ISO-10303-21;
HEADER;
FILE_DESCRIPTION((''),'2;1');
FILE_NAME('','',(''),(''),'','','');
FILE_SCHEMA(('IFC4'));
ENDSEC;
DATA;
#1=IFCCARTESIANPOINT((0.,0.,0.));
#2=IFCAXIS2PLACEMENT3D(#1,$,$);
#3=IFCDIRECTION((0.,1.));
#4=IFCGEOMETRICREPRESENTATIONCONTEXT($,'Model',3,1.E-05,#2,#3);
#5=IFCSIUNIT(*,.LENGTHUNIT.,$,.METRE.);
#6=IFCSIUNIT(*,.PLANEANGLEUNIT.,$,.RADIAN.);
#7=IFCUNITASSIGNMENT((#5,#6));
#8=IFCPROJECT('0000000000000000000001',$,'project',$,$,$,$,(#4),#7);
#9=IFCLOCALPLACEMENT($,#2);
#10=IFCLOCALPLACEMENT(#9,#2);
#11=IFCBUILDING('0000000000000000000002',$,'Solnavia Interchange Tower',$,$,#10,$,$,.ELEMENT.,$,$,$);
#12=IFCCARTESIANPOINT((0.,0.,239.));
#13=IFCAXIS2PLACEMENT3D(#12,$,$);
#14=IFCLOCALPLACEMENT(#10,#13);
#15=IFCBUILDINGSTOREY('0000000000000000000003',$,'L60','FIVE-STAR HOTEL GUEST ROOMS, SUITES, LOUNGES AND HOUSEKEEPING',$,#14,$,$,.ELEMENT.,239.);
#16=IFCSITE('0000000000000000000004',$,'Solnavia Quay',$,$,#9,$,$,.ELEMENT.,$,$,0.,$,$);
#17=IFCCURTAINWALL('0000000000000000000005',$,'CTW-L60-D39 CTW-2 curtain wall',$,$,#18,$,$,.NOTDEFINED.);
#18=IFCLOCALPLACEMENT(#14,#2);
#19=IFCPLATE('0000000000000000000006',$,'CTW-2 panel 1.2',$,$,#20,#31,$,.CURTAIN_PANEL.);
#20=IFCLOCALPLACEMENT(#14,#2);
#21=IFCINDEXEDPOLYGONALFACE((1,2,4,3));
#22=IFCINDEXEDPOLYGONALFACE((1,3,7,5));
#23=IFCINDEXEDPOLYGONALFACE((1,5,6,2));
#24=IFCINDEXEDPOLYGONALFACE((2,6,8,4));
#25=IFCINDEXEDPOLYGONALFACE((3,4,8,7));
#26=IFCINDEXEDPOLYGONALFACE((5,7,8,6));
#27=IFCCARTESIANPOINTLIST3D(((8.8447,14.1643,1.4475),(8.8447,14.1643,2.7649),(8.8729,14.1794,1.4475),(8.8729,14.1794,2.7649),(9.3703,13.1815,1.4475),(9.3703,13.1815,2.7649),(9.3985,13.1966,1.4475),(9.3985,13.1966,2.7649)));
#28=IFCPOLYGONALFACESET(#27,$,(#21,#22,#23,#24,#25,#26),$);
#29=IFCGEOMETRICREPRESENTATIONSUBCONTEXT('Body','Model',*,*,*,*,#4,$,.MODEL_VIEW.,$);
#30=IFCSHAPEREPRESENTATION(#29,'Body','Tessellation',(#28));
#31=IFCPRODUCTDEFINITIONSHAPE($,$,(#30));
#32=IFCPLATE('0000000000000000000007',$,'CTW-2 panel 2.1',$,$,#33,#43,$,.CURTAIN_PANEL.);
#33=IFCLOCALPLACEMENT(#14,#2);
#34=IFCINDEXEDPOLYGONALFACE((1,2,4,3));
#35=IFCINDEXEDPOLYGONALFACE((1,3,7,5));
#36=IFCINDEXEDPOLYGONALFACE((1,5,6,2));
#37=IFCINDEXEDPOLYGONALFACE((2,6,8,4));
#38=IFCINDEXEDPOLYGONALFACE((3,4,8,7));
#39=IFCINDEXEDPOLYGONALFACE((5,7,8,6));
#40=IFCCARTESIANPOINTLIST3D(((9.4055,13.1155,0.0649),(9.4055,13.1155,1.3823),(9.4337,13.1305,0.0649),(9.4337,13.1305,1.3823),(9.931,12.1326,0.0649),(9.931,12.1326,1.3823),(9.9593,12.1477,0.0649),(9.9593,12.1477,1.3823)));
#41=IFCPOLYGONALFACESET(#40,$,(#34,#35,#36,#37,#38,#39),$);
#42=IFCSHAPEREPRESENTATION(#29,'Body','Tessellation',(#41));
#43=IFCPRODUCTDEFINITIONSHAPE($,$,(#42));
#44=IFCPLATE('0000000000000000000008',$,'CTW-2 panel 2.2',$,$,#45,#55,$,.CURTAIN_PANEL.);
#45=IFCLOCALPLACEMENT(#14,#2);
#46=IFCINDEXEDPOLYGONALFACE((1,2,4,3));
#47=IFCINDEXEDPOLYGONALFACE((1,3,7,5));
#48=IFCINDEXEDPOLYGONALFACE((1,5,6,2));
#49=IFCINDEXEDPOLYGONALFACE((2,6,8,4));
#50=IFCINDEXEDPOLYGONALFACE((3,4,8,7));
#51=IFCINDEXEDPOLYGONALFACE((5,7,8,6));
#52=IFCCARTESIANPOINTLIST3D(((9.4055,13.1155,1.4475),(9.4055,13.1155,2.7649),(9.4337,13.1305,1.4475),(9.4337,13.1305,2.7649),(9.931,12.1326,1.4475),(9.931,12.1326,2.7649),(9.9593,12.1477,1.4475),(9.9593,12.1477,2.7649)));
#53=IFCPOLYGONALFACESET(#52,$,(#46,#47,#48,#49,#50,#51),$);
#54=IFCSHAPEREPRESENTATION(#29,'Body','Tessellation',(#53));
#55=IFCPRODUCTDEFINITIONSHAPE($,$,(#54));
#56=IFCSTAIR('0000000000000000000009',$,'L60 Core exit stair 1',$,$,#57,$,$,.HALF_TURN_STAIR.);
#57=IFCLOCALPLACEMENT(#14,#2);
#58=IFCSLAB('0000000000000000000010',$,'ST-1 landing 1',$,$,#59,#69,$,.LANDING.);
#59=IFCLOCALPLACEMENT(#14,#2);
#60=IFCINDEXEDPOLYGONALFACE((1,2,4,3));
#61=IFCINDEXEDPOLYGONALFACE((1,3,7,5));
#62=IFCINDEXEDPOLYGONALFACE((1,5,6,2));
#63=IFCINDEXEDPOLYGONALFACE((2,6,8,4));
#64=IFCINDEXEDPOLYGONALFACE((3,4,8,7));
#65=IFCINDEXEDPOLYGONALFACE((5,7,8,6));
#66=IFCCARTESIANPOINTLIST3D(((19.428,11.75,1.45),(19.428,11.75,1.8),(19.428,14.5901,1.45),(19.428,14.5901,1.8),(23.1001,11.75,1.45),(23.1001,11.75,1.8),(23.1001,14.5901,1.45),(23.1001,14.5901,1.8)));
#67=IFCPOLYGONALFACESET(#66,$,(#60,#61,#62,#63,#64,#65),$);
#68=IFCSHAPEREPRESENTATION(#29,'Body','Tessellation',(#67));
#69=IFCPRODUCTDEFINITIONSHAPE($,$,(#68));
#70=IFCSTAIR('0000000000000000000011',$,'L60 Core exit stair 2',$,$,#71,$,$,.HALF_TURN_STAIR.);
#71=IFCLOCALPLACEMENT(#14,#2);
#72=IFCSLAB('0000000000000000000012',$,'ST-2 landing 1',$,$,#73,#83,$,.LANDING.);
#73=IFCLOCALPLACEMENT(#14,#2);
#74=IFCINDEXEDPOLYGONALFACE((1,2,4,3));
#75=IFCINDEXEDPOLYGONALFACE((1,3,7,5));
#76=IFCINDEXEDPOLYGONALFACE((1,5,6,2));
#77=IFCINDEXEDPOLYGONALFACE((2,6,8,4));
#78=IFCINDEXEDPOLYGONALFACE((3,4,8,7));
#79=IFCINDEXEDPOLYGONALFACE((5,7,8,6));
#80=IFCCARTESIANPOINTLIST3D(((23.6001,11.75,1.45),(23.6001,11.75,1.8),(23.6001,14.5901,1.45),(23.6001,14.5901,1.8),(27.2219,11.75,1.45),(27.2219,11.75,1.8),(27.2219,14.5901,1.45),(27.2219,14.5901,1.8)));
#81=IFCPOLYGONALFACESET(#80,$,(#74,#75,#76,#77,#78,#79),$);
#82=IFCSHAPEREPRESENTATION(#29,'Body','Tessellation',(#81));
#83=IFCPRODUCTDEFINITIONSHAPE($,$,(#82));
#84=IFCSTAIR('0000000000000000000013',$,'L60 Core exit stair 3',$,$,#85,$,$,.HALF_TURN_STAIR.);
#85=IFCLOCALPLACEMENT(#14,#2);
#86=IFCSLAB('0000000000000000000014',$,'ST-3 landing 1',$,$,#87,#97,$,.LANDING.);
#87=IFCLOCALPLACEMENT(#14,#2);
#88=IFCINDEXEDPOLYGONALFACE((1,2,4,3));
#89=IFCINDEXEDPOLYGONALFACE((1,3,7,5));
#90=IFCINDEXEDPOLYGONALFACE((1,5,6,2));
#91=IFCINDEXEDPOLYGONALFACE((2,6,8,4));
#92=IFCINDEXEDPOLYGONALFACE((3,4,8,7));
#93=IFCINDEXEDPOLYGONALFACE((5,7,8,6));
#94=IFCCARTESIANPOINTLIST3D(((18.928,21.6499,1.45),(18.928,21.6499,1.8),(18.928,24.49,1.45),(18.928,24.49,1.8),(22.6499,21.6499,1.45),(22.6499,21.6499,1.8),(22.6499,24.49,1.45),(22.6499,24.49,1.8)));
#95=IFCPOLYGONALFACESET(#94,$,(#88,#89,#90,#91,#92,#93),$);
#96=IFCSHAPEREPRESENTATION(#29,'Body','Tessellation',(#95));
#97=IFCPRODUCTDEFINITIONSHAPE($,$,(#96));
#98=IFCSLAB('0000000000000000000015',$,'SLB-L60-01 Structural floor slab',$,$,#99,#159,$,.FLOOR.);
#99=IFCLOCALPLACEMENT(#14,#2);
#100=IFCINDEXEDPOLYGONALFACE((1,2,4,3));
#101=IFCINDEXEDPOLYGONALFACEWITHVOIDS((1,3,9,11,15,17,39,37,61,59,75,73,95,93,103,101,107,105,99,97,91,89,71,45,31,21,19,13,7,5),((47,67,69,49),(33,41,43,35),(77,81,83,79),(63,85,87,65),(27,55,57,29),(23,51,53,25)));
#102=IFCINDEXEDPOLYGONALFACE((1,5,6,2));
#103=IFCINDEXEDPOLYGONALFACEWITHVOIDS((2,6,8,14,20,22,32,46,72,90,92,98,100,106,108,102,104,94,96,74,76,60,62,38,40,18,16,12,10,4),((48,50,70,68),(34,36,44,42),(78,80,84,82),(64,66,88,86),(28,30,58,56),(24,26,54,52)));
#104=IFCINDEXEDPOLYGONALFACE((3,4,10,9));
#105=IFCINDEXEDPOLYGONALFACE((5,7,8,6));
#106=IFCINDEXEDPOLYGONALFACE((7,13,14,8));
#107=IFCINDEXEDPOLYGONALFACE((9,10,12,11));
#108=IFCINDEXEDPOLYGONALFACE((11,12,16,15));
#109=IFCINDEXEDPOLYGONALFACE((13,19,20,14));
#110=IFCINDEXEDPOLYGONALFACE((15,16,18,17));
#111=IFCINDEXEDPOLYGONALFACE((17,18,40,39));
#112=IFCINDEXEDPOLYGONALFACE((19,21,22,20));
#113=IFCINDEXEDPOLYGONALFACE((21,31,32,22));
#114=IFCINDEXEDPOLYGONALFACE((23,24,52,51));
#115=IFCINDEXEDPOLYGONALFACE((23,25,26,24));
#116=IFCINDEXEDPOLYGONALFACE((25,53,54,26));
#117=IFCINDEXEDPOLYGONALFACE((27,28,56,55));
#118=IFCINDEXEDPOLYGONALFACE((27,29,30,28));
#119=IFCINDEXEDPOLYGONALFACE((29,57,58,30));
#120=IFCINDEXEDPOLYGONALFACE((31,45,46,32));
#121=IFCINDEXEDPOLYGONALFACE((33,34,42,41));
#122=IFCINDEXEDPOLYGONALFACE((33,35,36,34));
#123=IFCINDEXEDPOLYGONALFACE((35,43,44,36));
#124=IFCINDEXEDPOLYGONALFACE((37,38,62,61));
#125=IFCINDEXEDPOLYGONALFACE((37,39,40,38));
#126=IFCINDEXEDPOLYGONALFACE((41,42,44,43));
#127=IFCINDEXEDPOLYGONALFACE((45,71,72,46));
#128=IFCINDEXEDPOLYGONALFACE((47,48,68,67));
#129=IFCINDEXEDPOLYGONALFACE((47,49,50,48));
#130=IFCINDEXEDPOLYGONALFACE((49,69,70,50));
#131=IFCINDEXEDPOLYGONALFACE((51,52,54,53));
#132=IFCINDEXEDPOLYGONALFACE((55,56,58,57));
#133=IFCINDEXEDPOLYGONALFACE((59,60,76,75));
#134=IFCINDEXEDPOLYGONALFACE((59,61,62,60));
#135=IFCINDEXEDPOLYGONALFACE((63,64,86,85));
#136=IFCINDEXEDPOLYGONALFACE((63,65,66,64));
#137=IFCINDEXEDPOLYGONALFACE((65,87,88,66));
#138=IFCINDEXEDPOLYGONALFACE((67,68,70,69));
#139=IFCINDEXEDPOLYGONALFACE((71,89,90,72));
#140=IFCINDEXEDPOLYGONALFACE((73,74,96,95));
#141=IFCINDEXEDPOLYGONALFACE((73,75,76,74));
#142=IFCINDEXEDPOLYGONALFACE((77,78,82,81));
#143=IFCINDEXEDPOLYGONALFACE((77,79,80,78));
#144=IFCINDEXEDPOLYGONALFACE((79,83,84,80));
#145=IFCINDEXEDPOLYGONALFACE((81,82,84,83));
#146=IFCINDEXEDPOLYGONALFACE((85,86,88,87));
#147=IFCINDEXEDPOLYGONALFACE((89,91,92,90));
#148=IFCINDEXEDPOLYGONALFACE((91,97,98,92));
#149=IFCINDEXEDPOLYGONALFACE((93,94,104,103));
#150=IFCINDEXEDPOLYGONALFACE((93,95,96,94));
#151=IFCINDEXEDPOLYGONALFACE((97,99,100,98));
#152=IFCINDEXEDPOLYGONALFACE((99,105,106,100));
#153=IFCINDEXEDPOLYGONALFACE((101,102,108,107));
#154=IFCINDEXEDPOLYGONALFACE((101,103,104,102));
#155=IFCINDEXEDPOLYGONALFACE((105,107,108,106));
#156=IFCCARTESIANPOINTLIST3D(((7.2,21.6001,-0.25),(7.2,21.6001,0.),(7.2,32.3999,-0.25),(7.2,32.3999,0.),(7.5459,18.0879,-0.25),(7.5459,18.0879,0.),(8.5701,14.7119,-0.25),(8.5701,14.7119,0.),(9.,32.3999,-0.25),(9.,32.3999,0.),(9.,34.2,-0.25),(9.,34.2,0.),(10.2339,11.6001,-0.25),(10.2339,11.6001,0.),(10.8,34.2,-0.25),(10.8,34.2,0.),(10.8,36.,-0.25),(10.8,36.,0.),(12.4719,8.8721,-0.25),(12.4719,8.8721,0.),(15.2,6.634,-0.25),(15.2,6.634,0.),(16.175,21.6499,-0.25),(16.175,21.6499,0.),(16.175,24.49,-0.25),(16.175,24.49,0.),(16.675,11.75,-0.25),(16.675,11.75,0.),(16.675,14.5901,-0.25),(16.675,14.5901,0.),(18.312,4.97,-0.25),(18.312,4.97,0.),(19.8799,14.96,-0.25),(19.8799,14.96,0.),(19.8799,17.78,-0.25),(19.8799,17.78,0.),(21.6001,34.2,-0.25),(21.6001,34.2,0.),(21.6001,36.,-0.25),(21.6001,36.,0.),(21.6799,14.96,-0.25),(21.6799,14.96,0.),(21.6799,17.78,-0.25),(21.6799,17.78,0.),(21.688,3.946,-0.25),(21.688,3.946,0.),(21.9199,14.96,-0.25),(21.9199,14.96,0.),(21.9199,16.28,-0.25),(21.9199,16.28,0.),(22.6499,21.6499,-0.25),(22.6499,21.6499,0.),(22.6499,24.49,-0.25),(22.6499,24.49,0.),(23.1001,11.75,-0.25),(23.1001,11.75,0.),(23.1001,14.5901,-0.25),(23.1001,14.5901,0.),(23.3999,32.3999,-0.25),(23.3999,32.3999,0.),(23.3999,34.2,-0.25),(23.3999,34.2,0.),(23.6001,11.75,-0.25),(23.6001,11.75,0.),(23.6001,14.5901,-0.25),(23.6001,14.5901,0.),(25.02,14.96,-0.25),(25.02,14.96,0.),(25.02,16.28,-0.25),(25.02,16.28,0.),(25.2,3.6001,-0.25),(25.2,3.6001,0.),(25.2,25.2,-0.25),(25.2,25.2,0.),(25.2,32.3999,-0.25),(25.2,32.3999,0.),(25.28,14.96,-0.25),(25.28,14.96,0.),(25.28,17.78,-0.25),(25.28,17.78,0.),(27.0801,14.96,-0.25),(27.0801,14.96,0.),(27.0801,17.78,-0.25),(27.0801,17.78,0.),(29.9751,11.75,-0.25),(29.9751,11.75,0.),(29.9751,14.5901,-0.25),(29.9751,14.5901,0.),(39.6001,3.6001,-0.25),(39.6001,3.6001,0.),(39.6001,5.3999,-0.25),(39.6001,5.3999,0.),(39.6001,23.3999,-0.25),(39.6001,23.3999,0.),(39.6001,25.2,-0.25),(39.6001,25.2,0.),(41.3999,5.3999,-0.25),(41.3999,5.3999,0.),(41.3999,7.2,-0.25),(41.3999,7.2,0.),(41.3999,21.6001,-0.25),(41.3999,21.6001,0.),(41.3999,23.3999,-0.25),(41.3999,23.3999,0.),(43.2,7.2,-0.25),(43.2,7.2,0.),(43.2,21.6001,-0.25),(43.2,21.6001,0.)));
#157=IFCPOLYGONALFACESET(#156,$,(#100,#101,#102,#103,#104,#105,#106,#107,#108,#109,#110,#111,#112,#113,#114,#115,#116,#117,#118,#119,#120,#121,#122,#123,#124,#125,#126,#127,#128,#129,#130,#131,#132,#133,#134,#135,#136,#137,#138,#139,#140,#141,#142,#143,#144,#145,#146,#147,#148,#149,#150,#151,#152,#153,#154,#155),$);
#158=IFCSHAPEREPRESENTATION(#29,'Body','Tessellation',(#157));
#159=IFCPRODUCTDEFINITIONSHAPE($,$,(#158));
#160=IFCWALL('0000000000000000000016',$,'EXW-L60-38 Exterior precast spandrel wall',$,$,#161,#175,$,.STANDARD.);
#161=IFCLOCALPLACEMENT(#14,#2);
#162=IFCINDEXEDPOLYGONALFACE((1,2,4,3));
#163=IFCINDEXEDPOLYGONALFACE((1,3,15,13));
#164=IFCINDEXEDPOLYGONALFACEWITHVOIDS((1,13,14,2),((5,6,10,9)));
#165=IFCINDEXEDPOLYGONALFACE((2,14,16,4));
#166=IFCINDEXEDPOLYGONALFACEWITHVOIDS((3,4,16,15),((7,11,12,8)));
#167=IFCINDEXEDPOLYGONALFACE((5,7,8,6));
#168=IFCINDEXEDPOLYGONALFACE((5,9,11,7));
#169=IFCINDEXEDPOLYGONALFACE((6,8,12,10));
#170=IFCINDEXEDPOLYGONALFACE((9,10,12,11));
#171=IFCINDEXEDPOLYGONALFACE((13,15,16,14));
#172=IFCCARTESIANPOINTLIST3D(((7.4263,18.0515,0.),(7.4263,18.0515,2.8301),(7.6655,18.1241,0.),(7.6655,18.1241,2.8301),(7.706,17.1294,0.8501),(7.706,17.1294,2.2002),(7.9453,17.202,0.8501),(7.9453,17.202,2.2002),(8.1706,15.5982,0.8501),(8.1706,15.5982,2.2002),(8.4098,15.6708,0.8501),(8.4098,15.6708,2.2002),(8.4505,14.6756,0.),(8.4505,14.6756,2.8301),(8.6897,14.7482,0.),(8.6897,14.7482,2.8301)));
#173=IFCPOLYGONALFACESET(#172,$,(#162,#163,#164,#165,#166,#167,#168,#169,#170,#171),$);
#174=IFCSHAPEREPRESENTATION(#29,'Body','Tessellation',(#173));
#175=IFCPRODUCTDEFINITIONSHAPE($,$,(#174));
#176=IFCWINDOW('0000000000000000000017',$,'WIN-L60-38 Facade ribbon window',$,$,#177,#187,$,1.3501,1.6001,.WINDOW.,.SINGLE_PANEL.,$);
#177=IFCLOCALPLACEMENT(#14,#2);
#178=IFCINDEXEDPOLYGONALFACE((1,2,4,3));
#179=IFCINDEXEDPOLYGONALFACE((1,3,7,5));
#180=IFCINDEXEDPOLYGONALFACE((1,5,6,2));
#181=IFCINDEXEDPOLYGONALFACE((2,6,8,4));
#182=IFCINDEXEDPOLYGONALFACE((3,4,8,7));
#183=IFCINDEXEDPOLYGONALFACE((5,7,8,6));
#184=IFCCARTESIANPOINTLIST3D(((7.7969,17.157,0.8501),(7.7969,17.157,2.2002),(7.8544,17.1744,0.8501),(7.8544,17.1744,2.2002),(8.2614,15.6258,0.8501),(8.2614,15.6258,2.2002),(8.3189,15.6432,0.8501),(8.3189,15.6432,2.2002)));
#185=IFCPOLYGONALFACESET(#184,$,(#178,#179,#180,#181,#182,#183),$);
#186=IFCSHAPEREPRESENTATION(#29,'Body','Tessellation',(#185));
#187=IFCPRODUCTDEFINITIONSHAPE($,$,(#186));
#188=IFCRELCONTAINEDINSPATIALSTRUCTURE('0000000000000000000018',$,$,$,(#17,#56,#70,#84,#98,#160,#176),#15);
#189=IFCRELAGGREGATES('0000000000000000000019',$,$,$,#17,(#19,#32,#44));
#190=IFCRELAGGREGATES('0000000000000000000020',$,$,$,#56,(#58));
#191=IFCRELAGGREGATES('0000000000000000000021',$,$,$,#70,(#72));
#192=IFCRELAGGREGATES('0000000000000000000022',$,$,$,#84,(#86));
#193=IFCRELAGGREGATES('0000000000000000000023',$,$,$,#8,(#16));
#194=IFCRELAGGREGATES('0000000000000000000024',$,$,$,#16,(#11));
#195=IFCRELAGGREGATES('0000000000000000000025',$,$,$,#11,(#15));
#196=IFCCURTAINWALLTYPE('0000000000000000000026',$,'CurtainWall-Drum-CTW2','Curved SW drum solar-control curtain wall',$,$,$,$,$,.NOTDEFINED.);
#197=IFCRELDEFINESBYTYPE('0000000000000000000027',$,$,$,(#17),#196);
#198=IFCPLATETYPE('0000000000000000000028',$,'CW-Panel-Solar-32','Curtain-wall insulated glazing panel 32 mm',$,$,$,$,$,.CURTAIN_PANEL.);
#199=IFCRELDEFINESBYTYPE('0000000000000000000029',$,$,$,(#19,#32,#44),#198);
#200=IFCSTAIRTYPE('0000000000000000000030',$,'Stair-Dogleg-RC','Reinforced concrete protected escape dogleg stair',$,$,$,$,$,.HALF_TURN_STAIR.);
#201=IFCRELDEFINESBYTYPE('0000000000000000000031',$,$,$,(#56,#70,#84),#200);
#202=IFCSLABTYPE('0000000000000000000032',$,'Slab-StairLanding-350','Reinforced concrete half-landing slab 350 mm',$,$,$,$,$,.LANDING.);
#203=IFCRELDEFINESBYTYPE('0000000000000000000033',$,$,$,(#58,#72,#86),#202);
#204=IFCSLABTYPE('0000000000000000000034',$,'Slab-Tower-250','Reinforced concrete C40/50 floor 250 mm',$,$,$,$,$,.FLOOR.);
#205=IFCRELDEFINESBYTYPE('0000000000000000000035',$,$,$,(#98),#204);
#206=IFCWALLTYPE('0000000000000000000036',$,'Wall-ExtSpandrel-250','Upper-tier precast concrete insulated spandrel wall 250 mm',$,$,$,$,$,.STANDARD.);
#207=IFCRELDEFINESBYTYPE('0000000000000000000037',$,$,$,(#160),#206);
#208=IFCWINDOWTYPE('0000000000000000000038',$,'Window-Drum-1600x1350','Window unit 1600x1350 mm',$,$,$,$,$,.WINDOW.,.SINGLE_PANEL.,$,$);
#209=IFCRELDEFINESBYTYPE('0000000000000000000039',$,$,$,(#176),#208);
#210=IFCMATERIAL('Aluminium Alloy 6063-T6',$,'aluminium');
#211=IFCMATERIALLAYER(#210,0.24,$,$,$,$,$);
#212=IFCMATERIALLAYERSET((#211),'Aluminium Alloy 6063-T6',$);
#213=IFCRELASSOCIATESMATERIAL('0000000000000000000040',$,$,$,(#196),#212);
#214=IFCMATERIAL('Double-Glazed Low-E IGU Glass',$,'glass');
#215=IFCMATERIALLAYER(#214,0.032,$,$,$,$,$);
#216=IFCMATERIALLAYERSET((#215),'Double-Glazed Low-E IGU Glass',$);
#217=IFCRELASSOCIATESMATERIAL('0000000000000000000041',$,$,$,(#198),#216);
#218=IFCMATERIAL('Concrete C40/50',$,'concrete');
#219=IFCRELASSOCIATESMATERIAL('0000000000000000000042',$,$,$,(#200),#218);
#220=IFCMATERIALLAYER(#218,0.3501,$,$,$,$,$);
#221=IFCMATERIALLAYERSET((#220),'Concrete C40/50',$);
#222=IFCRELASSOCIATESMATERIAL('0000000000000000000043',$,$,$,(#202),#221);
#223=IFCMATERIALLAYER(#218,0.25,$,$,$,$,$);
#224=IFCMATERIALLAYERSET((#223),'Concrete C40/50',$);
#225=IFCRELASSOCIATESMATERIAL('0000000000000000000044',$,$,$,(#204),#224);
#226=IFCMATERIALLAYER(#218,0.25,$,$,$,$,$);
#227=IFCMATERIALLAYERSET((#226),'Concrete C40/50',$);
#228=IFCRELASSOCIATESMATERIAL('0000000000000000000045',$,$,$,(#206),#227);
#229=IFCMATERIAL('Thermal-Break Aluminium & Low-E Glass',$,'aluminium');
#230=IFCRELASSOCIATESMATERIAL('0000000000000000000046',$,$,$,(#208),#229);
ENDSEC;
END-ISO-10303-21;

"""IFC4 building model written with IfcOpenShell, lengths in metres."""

from ifc_helpers import new_model, si_unit, direction, frame, frame_2d, origin, origin_2d, place, context, subcontext, project, spatial, polyline, rectangle, outline, extrude, material, layer, layer_set, type_object, element, fill, aggregate, save


model = new_model("IFC4")

# Units and contexts
model_context = context("Model", 3, precision=1e-05, world=origin(), true_north=direction((0.0, 1.0)))
body_context = subcontext(model_context, "Body", "Model", "MODEL_VIEW")
ifc_project = project(units=[si_unit("LENGTHUNIT", "METRE"), si_unit("PLANEANGLEUNIT", "RADIAN")], contexts=[model_context])

# Site, building, storey
site_placement = place(None, origin())
site = spatial("IfcSite", under=ifc_project, at=site_placement, Name="Solnavia Quay", CompositionType="ELEMENT", RefElevation=0.0)
building_placement = place(site_placement, origin())
building = spatial("IfcBuilding", under=site, at=building_placement, Name="Solnavia Interchange Tower", CompositionType="ELEMENT")
storey_placement = place(building_placement, frame((0.0, 0.0, 239.0)))
storey = spatial("IfcBuildingStorey", under=building, at=storey_placement, Name="L60", Description="FIVE-STAR HOTEL GUEST ROOMS, SUITES, LOUNGES AND HOUSEKEEPING", CompositionType="ELEMENT", Elevation=239.0)

# Curtain wall
ifc_material_1 = material(Name="Aluminium Alloy 6063-T6", Category="aluminium")
ifc_layer_1 = layer(ifc_material_1, 0.24)
ifc_layer_set_1 = layer_set([ifc_layer_1], Name="Aluminium Alloy 6063-T6")
curtain_wall_type = type_object("IfcCurtainWallType", Name="CurtainWall-Drum-CTW2", Description="Curved SW drum solar-control curtain wall", PredefinedType="NOTDEFINED", material=ifc_layer_set_1)
curtain_wall_1_placement = place(storey_placement, origin())
curtain_wall_1 = element("IfcCurtainWall", 1, at=curtain_wall_1_placement, inside=storey, type_object=curtain_wall_type, Name="CTW-L60-D39 CTW-2 curtain wall", PredefinedType="NOTDEFINED")

# Plates
ifc_material_2 = material(Name="Double-Glazed Low-E IGU Glass", Category="glass")
ifc_layer_2 = layer(ifc_material_2, 0.032)
ifc_layer_set_2 = layer_set([ifc_layer_2], Name="Double-Glazed Low-E IGU Glass")
plate_type = type_object("IfcPlateType", Name="CW-Panel-Solar-32", Description="Curtain-wall insulated glazing panel 32 mm", PredefinedType="CURTAIN_PANEL", material=ifc_layer_set_2)
plate_1_placement = place(storey_placement, frame((9.1216, 13.6804, 1.4475), z_axis=(0.0, 0.0, 1.0), x_axis=(0.471561, -0.881834, 0.0)))
plate_1 = element("IfcPlate", 2, at=plate_1_placement, type_object=plate_type, Name="CTW-2 panel 1.2", PredefinedType="CURTAIN_PANEL", context=body_context, shape_type="SweptSolid", body=[
    extrude(rectangle(XDim=1.1145, YDim=0.032, at=origin_2d()), origin(), (0.0, 0.0, 1.0), 1.3174),
])
plate_2_placement = place(storey_placement, frame((9.6824, 12.6316, 0.0649), z_axis=(0.0, 0.0, 1.0), x_axis=(0.471561, -0.881834, 0.0)))
plate_2 = element("IfcPlate", 3, at=plate_2_placement, type_object=plate_type, Name="CTW-2 panel 2.1", PredefinedType="CURTAIN_PANEL", context=body_context, shape_type="SweptSolid", body=[
    extrude(rectangle(XDim=1.1145, YDim=0.032, at=origin_2d()), origin(), (0.0, 0.0, 1.0), 1.3174),
])
plate_3_placement = place(storey_placement, frame((9.6824, 12.6316, 1.4475), z_axis=(0.0, 0.0, 1.0), x_axis=(0.471561, -0.881834, 0.0)))
plate_3 = element("IfcPlate", 4, at=plate_3_placement, type_object=plate_type, Name="CTW-2 panel 2.2", PredefinedType="CURTAIN_PANEL", context=body_context, shape_type="SweptSolid", body=[
    extrude(rectangle(XDim=1.1145, YDim=0.032, at=origin_2d()), origin(), (0.0, 0.0, 1.0), 1.3174),
])
aggregate(curtain_wall_1, [plate_1, plate_2, plate_3])

# Stairs, slabs
ifc_material_3 = material(Name="Concrete C40/50", Category="concrete")
stair_type = type_object("IfcStairType", Name="Stair-Dogleg-RC", Description="Reinforced concrete protected escape dogleg stair", PredefinedType="HALF_TURN_STAIR", material=ifc_material_3)
stair_1_placement = place(storey_placement, origin())
stair_1 = element("IfcStair", 5, at=stair_1_placement, inside=storey, type_object=stair_type, Name="L60 Core exit stair 1", PredefinedType="HALF_TURN_STAIR")
ifc_layer_3 = layer(ifc_material_3, 0.3501)
ifc_layer_set_3 = layer_set([ifc_layer_3], Name="Concrete C40/50")
slab_type_1 = type_object("IfcSlabType", Name="Slab-StairLanding-350", Description="Reinforced concrete half-landing slab 350 mm", PredefinedType="LANDING", material=ifc_layer_set_3)
slab_1_placement = place(storey_placement, frame((0.0, 0.0, 1.45)))
slab_1 = element("IfcSlab", 6, at=slab_1_placement, type_object=slab_type_1, Name="ST-1 landing 1", PredefinedType="LANDING", context=body_context, shape_type="SweptSolid", body=[
    extrude(outline(polyline([(19.428, 11.75), (23.1001, 11.75), (23.1001, 14.5901), (19.428, 14.5901), (19.428, 11.75)])), origin(), (0.0, 0.0, 1.0), 0.3501),
])
aggregate(stair_1, [slab_1])
stair_2_placement = place(storey_placement, origin())
stair_2 = element("IfcStair", 7, at=stair_2_placement, inside=storey, type_object=stair_type, Name="L60 Core exit stair 2", PredefinedType="HALF_TURN_STAIR")
slab_2_placement = place(storey_placement, frame((0.0, 0.0, 1.45)))
slab_2 = element("IfcSlab", 8, at=slab_2_placement, type_object=slab_type_1, Name="ST-2 landing 1", PredefinedType="LANDING", context=body_context, shape_type="SweptSolid", body=[
    extrude(outline(polyline([(23.6001, 11.75), (27.2219, 11.75), (27.2219, 14.5901), (23.6001, 14.5901), (23.6001, 11.75)])), origin(), (0.0, 0.0, 1.0), 0.3501),
])
aggregate(stair_2, [slab_2])
stair_3_placement = place(storey_placement, origin())
stair_3 = element("IfcStair", 9, at=stair_3_placement, inside=storey, type_object=stair_type, Name="L60 Core exit stair 3", PredefinedType="HALF_TURN_STAIR")
slab_3_placement = place(storey_placement, frame((0.0, 0.0, 1.45)))
slab_3 = element("IfcSlab", 10, at=slab_3_placement, type_object=slab_type_1, Name="ST-3 landing 1", PredefinedType="LANDING", context=body_context, shape_type="SweptSolid", body=[
    extrude(outline(polyline([(18.928, 21.6499), (22.6499, 21.6499), (22.6499, 24.49), (18.928, 24.49), (18.928, 21.6499)])), origin(), (0.0, 0.0, 1.0), 0.3501),
])
aggregate(stair_3, [slab_3])

# Slab
ifc_layer_4 = layer(ifc_material_3, 0.25)
ifc_layer_set_4 = layer_set([ifc_layer_4], Name="Concrete C40/50")
slab_type_2 = type_object("IfcSlabType", Name="Slab-Tower-250", Description="Reinforced concrete C40/50 floor 250 mm", PredefinedType="FLOOR", material=ifc_layer_set_4)
slab_4_placement = place(storey_placement, frame((0.0, 0.0, -0.25)))
element("IfcSlab", 11, at=slab_4_placement, inside=storey, type_object=slab_type_2, Name="SLB-L60-01 Structural floor slab", PredefinedType="FLOOR", context=body_context, shape_type="SweptSolid", body=[
    extrude(outline(polyline([(25.2, 3.6001), (39.6001, 3.6001), (39.6001, 5.3999), (41.3999, 5.3999), (41.3999, 7.2), (43.2, 7.2), (43.2, 21.6001), (41.3999, 21.6001), (41.3999, 23.3999), (39.6001, 23.3999), (39.6001, 25.2), (25.2, 25.2), (25.2, 32.3999), (23.3999, 32.3999), (23.3999, 34.2), (21.6001, 34.2), (21.6001, 36.0), (10.8, 36.0), (10.8, 34.2), (9.0, 34.2), (9.0, 32.3999), (7.2, 32.3999), (7.2, 21.6001), (7.5459, 18.0879), (8.5701, 14.7119), (10.2339, 11.6001), (12.4719, 8.8721), (15.2, 6.634), (18.312, 4.97), (21.688, 3.946), (25.2, 3.6001)]), holes=[polyline([(16.675, 11.75), (23.1001, 11.75), (23.1001, 14.5901), (16.675, 14.5901), (16.675, 11.75)]), polyline([(23.6001, 11.75), (29.9751, 11.75), (29.9751, 14.5901), (23.6001, 14.5901), (23.6001, 11.75)]), polyline([(16.175, 21.6499), (22.6499, 21.6499), (22.6499, 24.49), (16.175, 24.49), (16.175, 21.6499)]), polyline([(19.8799, 14.96), (21.6799, 14.96), (21.6799, 17.78), (19.8799, 17.78), (19.8799, 14.96)]), polyline([(25.28, 14.96), (27.0801, 14.96), (27.0801, 17.78), (25.28, 17.78), (25.28, 14.96)]), polyline([(21.9199, 14.96), (25.02, 14.96), (25.02, 16.28), (21.9199, 16.28), (21.9199, 14.96)])]), origin(), (0.0, 0.0, 1.0), 0.25),
])

# Wall, opening, window
ifc_layer_5 = layer(ifc_material_3, 0.25)
ifc_layer_set_5 = layer_set([ifc_layer_5], Name="Concrete C40/50")
wall_type = type_object("IfcWallType", Name="Wall-ExtSpandrel-250", Description="Upper-tier precast concrete insulated spandrel wall 250 mm", PredefinedType="STANDARD", material=ifc_layer_set_5)
wall_1_placement = place(storey_placement, frame((8.5701, 14.7119, 0.0), z_axis=(0.0, 0.0, 1.0), x_axis=(-0.290305, 0.956934, 0.0)))
wall_1 = element("IfcWall", 12, at=wall_1_placement, inside=storey, type_object=wall_type, Name="EXW-L60-38 Exterior precast spandrel wall", PredefinedType="STANDARD", context=body_context, shape_type="SweptSolid", body=[
    extrude(rectangle(XDim=3.5278, YDim=0.25, at=frame_2d((1.7639, 0.0))), origin(), (0.0, 0.0, 1.0), 2.8301),
])
opening_1_placement = place(wall_1_placement, frame((0.9641, 0.0, 0.8501)))
opening_1 = element("IfcOpeningElement", 13, at=opening_1_placement, cuts=wall_1, PredefinedType="OPENING", context=body_context, shape_type="SweptSolid", body=[
    extrude(rectangle(XDim=1.6001, YDim=1.3501, at=frame_2d((0.8, 0.675))), frame((0.0, 0.135, 0.0), z_axis=(0.0, -1.0, 0.0), x_axis=(1.0, 0.0, 0.0)), (0.0, 0.0, 1.0), 0.27),
])
ifc_material_4 = material(Name="Thermal-Break Aluminium & Low-E Glass", Category="aluminium")
window_type = type_object("IfcWindowType", Name="Window-Drum-1600x1350", Description="Window unit 1600x1350 mm", PartitioningType="SINGLE_PANEL", PredefinedType="WINDOW", material=ifc_material_4)
window_1_placement = place(opening_1_placement, origin())
window_1 = element("IfcWindow", 14, at=window_1_placement, inside=storey, type_object=window_type, Name="WIN-L60-38 Facade ribbon window", OverallHeight=1.3501, OverallWidth=1.6001, PartitioningType="SINGLE_PANEL", PredefinedType="WINDOW", context=body_context, shape_type="SweptSolid", body=[
    extrude(rectangle(XDim=1.6001, YDim=1.3501, at=frame_2d((0.8, 0.675))), frame((0.0, 0.03, 0.0), z_axis=(0.0, -1.0, 0.0), x_axis=(1.0, 0.0, 0.0)), (0.0, 0.0, 1.0), 0.0601),
])
fill(opening_1, window_1)

save(model, "model.ifc")
